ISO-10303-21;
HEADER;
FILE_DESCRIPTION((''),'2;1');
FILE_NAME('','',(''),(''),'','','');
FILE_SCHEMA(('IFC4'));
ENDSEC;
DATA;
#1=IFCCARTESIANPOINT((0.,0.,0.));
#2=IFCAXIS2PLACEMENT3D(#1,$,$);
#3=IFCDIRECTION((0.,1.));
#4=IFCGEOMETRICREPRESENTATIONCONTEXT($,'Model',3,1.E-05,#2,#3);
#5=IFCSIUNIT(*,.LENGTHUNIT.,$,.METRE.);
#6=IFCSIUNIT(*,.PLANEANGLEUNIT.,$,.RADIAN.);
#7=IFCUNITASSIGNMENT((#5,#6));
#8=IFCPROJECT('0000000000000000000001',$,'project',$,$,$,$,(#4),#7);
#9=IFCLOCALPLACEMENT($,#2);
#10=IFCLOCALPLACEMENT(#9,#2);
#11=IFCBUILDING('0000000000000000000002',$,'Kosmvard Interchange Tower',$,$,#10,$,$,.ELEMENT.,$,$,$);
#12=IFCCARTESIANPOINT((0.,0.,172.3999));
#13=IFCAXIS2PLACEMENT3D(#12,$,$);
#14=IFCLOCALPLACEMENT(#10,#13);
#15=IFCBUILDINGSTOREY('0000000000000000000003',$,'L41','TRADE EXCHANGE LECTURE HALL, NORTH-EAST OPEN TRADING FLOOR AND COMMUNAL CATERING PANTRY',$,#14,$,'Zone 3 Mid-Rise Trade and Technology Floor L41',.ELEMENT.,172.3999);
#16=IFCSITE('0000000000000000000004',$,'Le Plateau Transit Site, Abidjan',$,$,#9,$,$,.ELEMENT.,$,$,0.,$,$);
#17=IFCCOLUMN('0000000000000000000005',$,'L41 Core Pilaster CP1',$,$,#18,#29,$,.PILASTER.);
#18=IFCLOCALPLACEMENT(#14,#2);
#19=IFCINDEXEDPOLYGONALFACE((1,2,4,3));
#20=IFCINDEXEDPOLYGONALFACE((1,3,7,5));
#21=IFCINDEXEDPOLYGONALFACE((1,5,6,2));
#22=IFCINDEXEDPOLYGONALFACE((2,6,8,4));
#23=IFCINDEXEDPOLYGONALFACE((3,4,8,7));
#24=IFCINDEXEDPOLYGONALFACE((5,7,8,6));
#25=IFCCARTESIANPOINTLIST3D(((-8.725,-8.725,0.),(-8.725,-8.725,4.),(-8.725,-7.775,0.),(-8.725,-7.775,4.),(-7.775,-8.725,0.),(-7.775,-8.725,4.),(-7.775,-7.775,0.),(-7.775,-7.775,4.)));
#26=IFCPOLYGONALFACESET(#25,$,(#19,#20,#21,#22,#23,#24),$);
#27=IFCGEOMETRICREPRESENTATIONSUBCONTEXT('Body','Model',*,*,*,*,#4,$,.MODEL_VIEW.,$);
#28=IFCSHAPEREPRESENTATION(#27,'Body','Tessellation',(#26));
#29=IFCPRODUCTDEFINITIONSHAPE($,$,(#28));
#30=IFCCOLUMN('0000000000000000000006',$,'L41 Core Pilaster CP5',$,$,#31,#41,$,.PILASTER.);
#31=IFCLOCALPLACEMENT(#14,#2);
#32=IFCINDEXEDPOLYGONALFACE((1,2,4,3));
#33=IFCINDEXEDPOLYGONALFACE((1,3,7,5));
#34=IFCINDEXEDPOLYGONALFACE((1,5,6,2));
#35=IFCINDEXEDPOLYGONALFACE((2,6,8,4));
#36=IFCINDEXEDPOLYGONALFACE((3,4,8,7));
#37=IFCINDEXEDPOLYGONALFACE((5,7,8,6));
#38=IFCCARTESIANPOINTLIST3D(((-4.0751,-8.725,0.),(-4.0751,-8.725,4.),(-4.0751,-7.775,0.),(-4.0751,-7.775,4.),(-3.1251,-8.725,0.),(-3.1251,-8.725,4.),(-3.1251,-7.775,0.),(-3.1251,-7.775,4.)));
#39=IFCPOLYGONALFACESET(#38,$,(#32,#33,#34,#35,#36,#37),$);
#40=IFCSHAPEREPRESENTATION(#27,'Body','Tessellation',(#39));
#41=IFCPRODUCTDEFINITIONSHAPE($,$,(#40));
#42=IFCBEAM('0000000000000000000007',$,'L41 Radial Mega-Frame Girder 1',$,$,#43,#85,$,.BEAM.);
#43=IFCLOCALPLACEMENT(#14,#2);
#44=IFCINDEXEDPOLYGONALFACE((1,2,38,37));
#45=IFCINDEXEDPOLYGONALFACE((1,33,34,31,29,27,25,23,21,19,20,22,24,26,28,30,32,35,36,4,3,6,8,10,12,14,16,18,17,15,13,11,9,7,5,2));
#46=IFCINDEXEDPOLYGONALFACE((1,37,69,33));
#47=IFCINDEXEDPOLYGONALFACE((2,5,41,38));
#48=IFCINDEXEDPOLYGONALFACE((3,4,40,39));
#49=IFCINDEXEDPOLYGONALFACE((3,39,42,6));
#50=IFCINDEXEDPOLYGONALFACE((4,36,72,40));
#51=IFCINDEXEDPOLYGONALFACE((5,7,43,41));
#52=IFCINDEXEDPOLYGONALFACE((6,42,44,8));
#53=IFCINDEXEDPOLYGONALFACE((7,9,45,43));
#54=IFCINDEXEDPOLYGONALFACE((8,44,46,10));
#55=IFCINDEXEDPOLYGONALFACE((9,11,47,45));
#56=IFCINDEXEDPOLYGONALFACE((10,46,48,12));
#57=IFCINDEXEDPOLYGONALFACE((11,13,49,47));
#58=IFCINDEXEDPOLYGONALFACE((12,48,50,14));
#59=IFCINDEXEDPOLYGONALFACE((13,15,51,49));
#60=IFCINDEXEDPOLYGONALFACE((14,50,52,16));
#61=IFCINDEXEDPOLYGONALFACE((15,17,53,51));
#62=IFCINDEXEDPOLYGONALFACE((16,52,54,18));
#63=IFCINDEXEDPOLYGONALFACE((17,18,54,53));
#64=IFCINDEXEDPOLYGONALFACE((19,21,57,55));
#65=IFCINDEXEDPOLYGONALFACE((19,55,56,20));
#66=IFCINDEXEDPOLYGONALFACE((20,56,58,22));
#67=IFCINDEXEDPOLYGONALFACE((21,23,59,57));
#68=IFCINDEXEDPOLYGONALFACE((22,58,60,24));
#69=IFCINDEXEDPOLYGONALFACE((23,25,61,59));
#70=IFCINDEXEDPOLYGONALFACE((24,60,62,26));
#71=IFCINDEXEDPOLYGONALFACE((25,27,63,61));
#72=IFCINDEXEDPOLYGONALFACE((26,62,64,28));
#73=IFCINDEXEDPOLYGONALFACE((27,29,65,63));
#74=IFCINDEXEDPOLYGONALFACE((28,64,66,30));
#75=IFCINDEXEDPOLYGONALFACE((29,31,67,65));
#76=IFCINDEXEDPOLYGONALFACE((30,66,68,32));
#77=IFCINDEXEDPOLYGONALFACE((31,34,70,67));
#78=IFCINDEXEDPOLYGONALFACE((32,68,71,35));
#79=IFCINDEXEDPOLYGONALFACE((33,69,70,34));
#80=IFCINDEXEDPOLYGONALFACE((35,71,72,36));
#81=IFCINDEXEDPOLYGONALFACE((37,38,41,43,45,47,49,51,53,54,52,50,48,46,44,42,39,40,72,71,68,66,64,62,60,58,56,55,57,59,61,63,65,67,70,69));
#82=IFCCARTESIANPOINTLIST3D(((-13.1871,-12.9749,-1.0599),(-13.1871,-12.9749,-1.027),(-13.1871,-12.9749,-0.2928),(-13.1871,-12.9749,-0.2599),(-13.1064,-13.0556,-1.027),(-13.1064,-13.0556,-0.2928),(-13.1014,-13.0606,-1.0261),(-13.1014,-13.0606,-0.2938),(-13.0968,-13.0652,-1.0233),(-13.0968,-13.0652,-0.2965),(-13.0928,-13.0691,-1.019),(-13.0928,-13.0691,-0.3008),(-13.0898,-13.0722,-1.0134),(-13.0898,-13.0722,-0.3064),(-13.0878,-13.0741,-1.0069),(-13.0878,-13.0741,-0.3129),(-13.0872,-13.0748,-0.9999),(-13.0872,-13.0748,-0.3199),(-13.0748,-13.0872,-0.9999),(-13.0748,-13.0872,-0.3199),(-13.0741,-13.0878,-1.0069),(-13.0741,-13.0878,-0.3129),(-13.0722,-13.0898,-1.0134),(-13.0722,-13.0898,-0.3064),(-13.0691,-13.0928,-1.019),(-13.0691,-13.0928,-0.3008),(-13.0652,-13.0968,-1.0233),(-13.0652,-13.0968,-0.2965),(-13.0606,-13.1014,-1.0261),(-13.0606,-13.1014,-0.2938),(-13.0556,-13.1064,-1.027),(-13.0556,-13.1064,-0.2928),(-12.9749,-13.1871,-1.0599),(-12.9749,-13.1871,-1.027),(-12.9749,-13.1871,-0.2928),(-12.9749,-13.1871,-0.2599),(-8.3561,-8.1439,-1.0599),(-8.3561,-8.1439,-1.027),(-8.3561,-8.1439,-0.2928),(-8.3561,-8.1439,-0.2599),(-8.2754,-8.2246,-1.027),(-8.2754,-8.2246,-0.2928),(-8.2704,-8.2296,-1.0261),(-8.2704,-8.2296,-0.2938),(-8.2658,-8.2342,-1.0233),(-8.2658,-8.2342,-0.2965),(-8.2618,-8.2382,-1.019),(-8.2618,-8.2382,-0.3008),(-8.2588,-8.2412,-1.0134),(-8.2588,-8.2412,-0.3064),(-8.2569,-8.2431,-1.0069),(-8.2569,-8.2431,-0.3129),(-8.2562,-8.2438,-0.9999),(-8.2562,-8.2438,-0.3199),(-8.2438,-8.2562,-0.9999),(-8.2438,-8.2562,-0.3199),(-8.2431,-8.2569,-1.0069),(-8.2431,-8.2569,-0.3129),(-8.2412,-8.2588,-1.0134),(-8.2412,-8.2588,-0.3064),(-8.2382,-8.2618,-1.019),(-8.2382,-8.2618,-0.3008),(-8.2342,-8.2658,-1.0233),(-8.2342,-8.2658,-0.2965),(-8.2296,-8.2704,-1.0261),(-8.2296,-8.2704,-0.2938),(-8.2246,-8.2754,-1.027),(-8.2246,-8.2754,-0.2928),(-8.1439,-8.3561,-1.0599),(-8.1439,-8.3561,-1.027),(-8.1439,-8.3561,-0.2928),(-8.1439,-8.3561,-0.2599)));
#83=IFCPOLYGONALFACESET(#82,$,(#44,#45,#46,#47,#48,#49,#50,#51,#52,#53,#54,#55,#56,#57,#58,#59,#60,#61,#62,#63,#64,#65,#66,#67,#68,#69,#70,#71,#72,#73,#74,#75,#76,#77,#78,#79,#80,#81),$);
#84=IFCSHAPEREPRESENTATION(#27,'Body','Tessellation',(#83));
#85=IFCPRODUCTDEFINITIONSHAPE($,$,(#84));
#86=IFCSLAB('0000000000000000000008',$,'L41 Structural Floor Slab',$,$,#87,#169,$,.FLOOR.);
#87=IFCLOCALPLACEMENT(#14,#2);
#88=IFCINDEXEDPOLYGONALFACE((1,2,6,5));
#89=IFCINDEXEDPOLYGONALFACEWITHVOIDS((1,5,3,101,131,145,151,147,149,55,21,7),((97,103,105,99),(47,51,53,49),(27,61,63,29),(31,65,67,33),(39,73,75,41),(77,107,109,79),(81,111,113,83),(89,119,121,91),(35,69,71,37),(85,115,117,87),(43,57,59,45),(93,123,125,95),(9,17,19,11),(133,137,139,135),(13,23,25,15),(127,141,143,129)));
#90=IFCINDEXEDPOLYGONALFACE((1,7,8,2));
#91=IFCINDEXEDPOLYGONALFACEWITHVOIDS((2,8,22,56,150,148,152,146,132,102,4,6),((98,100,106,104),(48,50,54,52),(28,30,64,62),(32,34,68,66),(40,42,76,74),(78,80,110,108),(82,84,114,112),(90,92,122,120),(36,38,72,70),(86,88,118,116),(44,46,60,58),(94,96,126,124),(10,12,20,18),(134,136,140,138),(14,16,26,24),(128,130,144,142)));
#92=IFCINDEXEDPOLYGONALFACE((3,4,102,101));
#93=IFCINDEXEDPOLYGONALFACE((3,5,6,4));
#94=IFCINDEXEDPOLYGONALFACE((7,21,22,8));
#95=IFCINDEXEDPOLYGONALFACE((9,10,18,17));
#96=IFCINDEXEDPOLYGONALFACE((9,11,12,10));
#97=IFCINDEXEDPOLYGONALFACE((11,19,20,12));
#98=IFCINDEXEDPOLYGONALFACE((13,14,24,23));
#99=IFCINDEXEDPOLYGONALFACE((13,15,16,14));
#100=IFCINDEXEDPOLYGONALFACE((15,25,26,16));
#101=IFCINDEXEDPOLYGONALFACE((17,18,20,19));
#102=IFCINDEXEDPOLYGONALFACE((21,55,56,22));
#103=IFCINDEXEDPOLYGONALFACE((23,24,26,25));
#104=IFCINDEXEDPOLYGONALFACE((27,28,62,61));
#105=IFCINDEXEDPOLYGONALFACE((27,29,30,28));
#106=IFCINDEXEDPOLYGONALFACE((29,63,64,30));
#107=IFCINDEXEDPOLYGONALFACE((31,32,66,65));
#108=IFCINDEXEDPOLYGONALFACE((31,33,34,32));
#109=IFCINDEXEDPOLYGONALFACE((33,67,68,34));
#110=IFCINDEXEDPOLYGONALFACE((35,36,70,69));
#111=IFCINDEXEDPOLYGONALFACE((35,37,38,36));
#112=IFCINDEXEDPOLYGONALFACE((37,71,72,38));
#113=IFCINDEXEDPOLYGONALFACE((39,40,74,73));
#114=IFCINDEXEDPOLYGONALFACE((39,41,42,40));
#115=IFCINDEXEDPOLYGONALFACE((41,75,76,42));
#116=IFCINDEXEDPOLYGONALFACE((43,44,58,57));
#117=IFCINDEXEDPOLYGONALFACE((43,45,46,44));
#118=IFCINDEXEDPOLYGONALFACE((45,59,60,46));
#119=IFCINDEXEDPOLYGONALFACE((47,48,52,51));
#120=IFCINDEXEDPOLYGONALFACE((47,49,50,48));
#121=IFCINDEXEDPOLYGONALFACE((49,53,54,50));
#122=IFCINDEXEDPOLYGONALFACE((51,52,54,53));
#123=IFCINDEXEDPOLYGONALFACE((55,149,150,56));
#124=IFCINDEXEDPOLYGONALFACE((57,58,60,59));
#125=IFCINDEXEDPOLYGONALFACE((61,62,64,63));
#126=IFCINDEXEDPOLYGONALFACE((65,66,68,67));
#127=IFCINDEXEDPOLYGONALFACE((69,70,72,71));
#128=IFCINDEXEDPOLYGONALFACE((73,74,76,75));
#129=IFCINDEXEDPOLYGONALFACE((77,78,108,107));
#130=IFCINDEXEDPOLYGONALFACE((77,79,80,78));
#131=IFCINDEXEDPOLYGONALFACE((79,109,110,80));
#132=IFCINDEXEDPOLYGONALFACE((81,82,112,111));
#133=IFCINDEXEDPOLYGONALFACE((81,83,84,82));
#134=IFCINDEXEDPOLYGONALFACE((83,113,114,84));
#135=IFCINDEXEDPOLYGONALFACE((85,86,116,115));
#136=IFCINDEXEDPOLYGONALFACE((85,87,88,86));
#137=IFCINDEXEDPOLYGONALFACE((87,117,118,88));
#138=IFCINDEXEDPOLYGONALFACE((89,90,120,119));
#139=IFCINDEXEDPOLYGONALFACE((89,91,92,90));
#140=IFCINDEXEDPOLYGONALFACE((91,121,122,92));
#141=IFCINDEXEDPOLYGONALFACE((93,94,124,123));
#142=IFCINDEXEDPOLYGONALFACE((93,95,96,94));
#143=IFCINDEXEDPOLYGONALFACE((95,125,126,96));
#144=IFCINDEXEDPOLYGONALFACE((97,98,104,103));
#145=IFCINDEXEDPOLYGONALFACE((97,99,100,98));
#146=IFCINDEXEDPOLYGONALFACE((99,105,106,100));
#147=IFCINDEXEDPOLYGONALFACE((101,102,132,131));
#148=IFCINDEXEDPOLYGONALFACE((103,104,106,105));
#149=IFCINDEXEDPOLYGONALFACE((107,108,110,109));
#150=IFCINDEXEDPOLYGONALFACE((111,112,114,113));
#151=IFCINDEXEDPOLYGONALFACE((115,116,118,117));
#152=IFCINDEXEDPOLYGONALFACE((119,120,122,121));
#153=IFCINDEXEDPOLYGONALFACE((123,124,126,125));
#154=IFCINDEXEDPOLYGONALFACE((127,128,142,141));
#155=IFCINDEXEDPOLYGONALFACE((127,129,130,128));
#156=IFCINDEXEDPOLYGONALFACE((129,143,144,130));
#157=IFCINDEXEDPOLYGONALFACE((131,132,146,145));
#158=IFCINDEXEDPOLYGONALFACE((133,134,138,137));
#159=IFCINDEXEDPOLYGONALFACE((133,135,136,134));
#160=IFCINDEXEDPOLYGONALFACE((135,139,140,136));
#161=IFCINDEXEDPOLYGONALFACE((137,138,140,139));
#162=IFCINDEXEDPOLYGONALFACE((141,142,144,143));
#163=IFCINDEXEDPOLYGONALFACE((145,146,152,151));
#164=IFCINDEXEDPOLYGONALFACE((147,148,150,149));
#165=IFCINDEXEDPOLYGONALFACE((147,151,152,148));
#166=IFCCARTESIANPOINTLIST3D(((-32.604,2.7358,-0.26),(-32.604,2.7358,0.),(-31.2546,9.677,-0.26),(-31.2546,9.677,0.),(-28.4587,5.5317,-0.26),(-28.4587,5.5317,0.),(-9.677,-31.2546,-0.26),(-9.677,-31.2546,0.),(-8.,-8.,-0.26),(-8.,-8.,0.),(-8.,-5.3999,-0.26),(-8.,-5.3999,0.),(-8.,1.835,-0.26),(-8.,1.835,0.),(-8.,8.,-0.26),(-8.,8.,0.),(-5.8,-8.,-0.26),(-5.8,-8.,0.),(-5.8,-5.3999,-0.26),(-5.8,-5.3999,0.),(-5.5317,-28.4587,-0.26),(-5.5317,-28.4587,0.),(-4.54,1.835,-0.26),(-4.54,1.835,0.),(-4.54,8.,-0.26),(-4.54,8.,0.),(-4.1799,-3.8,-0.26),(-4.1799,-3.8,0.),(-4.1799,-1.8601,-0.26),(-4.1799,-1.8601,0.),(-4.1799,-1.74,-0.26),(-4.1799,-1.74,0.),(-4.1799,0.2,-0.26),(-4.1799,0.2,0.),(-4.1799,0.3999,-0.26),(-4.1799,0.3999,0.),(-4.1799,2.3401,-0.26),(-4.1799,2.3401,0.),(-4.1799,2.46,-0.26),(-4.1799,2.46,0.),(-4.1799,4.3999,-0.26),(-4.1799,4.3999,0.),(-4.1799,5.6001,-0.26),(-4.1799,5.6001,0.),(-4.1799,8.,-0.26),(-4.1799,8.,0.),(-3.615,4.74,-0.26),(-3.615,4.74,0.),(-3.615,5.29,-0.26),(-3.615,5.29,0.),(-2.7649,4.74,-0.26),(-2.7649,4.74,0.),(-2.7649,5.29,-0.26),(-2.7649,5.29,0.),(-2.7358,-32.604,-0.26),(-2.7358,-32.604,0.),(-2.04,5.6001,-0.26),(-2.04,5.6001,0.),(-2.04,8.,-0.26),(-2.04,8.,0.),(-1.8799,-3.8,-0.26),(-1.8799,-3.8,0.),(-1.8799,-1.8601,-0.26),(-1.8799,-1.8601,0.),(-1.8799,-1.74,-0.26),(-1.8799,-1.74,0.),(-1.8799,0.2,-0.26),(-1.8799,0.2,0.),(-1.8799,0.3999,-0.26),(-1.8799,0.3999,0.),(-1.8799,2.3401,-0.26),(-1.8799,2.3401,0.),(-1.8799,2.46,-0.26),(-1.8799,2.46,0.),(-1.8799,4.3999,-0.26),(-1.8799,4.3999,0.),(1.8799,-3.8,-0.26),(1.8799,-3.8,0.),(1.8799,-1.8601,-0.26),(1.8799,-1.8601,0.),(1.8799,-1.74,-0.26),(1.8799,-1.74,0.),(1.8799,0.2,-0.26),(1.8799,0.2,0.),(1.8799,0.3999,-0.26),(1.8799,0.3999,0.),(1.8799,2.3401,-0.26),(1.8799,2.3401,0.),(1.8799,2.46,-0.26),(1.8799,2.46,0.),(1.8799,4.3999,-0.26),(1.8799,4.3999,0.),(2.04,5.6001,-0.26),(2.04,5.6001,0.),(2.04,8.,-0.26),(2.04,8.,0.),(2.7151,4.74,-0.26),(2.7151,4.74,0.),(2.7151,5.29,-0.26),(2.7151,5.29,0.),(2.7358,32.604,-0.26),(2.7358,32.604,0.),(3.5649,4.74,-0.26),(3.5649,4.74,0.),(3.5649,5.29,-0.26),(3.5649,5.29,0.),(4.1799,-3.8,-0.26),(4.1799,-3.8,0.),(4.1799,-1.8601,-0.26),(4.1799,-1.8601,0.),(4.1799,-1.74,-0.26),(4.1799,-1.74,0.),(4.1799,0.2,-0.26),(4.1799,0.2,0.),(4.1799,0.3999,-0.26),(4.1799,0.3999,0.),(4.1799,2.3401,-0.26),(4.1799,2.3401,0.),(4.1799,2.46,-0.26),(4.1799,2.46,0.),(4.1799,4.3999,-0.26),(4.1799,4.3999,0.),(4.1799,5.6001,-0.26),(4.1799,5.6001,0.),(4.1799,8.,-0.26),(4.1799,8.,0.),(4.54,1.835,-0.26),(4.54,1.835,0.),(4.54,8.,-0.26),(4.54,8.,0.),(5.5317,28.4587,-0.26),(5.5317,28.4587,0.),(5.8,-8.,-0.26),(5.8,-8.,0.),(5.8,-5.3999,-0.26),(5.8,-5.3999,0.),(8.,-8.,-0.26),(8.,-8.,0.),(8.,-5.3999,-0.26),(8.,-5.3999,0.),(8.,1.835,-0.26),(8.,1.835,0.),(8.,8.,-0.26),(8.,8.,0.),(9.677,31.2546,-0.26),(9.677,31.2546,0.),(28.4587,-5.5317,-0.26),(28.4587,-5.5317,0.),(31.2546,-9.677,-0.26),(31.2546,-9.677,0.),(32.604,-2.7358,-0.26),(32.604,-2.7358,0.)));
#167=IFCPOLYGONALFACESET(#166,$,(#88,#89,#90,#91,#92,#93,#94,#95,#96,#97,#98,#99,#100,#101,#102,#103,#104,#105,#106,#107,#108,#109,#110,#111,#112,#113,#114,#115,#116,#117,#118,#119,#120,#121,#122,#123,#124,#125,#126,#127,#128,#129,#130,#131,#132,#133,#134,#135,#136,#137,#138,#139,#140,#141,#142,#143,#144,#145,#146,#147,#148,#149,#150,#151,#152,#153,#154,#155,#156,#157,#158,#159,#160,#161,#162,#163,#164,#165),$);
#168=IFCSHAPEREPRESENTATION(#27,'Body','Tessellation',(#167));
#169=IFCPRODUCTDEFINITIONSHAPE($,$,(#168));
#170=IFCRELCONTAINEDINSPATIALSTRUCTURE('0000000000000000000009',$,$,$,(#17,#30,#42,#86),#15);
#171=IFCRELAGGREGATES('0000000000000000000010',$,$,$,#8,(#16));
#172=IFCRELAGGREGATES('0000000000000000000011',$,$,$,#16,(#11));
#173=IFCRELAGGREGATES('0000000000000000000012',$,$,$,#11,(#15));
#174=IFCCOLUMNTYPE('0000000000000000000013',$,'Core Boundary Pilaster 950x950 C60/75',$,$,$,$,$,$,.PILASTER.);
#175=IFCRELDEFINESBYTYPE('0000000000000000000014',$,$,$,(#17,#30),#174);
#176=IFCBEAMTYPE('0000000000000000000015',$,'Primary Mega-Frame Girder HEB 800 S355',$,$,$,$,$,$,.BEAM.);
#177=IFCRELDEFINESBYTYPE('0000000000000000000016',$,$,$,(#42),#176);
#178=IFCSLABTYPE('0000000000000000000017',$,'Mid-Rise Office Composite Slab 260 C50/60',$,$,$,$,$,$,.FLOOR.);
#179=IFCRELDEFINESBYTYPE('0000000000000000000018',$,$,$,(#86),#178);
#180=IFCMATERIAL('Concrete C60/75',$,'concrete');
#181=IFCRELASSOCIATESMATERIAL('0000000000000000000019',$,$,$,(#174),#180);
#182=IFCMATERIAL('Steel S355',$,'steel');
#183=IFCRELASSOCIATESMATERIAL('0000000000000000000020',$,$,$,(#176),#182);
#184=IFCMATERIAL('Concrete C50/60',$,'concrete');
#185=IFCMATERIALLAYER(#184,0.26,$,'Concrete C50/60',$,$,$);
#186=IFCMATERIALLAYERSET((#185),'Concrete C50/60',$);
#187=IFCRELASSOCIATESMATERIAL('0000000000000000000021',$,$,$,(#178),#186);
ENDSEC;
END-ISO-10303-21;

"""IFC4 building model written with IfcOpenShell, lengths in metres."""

from ifc_helpers import new_model, si_unit, direction, frame, origin, origin_2d, place, context, subcontext, project, spatial, polyline, rectangle, i_section, outline, extrude, source, transform, mapped, material, layer, layer_set, material_profile, profile_set, type_object, element, save


model = new_model("IFC4")

# Units and contexts
model_context = context("Model", 3, precision=1e-05, world=origin(), true_north=direction((0.0, 1.0)))
body_context = subcontext(model_context, "Body", "Model", "MODEL_VIEW")
ifc_project = project(units=[si_unit("LENGTHUNIT", "METRE"), si_unit("PLANEANGLEUNIT", "RADIAN")], contexts=[model_context])

# Site, building, storey
site_placement = place(None, origin())
site = spatial("IfcSite", under=ifc_project, at=site_placement, Name="Le Plateau Transit Site, Abidjan", CompositionType="ELEMENT", RefElevation=0.0)
building_placement = place(site_placement, origin())
building = spatial("IfcBuilding", under=site, at=building_placement, Name="Kosmvard Interchange Tower", CompositionType="ELEMENT")
storey_placement = place(building_placement, frame((0.0, 0.0, 172.3999)))
storey = spatial("IfcBuildingStorey", under=building, at=storey_placement, Name="L41", Description="TRADE EXCHANGE LECTURE HALL, NORTH-EAST OPEN TRADING FLOOR AND COMMUNAL CATERING PANTRY", LongName="Zone 3 Mid-Rise Trade and Technology Floor L41", CompositionType="ELEMENT", Elevation=172.3999)

# Columns
ifc_material_1 = material(Name="Concrete C60/75", Category="concrete")
ifc_material_profile_1 = material_profile(ifc_material_1, rectangle(XDim=0.95, YDim=0.95, at=origin_2d()), Name="CP 950x950")
ifc_profile_set_1 = profile_set([ifc_material_profile_1], Name="Concrete C60/75")
column_type = type_object("IfcColumnType", Name="Core Boundary Pilaster 950x950 C60/75", PredefinedType="PILASTER", material=ifc_profile_set_1)
shared_shape_1 = source(origin(), body_context, "Body", "SweptSolid", [
    extrude(rectangle(XDim=0.95, YDim=0.95, at=origin_2d()), origin(), (0.0, 0.0, 1.0), 4.0),
])
for number, where, z_axis, x_axis, name in (
    (1, (-8.25, -8.25, 0.0), (0.0, 0.0, 1.0), (1.0, 0.0, 0.0), "L41 Core Pilaster CP1"),
    (2, (-3.6001, -8.25, 0.0), (0.0, 0.0, 1.0), (1.0, 0.0, 0.0), "L41 Core Pilaster CP5"),
):
    element("IfcColumn", number, at=place(storey_placement, frame(where, z_axis=z_axis, x_axis=x_axis)), inside=storey, type_object=column_type, Name=name, PredefinedType="PILASTER", context=body_context, shape_type="MappedRepresentation", body=[
        mapped(shared_shape_1, transform((0.0, 0.0, 0.0), scale=1.0)),
    ])

# Beam
ifc_material_2 = material(Name="Steel S355", Category="steel")
ifc_material_profile_2 = material_profile(ifc_material_2, i_section(OverallWidth=0.3, OverallDepth=0.8, WebThickness=0.0176, FlangeThickness=0.033, FilletRadius=0.0271, at=origin_2d()), Name="HEB 800")
ifc_profile_set_2 = profile_set([ifc_material_profile_2], Name="Steel S355")
beam_type = type_object("IfcBeamType", Name="Primary Mega-Frame Girder HEB 800 S355", PredefinedType="BEAM", material=ifc_profile_set_2)
shared_shape_2 = source(origin(), body_context, "Body", "SweptSolid", [
    extrude(i_section(OverallWidth=0.3, OverallDepth=0.8, WebThickness=0.0176, FlangeThickness=0.033, FilletRadius=0.0271, at=origin_2d()), origin(), (0.0, 0.0, 1.0), 6.832),
])
beam_placement = place(storey_placement, frame((-8.25, -8.25, -0.6599), z_axis=(-0.707107, -0.707107, 0.0), x_axis=(0.707107, -0.707107, 0.0)))
element("IfcBeam", 3, at=beam_placement, inside=storey, type_object=beam_type, Name="L41 Radial Mega-Frame Girder 1", PredefinedType="BEAM", context=body_context, shape_type="MappedRepresentation", body=[
    mapped(shared_shape_2, transform((0.0, 0.0, 0.0), scale=1.0)),
])

# Slab
ifc_material_3 = material(Name="Concrete C50/60", Category="concrete")
ifc_layer_1 = layer(ifc_material_3, 0.26, Name="Concrete C50/60")
ifc_layer_set_1 = layer_set([ifc_layer_1], Name="Concrete C50/60")
slab_type_1 = type_object("IfcSlabType", Name="Mid-Rise Office Composite Slab 260 C50/60", PredefinedType="FLOOR", material=ifc_layer_set_1)
slab_1_placement = place(storey_placement, frame((0.0, 0.0, -0.26)))
element("IfcSlab", 4, at=slab_1_placement, inside=storey, type_object=slab_type_1, Name="L41 Structural Floor Slab", PredefinedType="FLOOR", context=body_context, shape_type="SweptSolid", body=[
    extrude(outline(polyline([(-2.7358, -32.604), (31.2546, -9.677), (28.4587, -5.5317), (32.604, -2.7358), (9.677, 31.2546), (5.5317, 28.4587), (2.7358, 32.604), (-31.2546, 9.677), (-28.4587, 5.5317), (-32.604, 2.7358), (-9.677, -31.2546), (-5.5317, -28.4587), (-2.7358, -32.604)]), holes=[polyline([(-8.0, 1.835), (-4.54, 1.835), (-4.54, 8.0), (-8.0, 8.0), (-8.0, 1.835)]), polyline([(4.54, 1.835), (8.0, 1.835), (8.0, 8.0), (4.54, 8.0), (4.54, 1.835)]), polyline([(-8.0, -8.0), (-5.8, -8.0), (-5.8, -5.3999), (-8.0, -5.3999), (-8.0, -8.0)]), polyline([(5.8, -8.0), (8.0, -8.0), (8.0, -5.3999), (5.8, -5.3999), (5.8, -8.0)]), polyline([(-4.1799, -3.8), (-1.8799, -3.8), (-1.8799, -1.8601), (-4.1799, -1.8601), (-4.1799, -3.8)]), polyline([(-4.1799, -1.74), (-1.8799, -1.74), (-1.8799, 0.2), (-4.1799, 0.2), (-4.1799, -1.74)]), polyline([(1.8799, -3.8), (4.1799, -3.8), (4.1799, -1.8601), (1.8799, -1.8601), (1.8799, -3.8)]), polyline([(1.8799, -1.74), (4.1799, -1.74), (4.1799, 0.2), (1.8799, 0.2), (1.8799, -1.74)]), polyline([(-4.1799, 0.3999), (-1.8799, 0.3999), (-1.8799, 2.3401), (-4.1799, 2.3401), (-4.1799, 0.3999)]), polyline([(-4.1799, 2.46), (-1.8799, 2.46), (-1.8799, 4.3999), (-4.1799, 4.3999), (-4.1799, 2.46)]), polyline([(1.8799, 0.3999), (4.1799, 0.3999), (4.1799, 2.3401), (1.8799, 2.3401), (1.8799, 0.3999)]), polyline([(1.8799, 2.46), (4.1799, 2.46), (4.1799, 4.3999), (1.8799, 4.3999), (1.8799, 2.46)]), polyline([(-4.1799, 5.6001), (-2.04, 5.6001), (-2.04, 8.0), (-4.1799, 8.0), (-4.1799, 5.6001)]), polyline([(2.04, 5.6001), (4.1799, 5.6001), (4.1799, 8.0), (2.04, 8.0), (2.04, 5.6001)]), polyline([(-3.615, 4.74), (-2.7649, 4.74), (-2.7649, 5.29), (-3.615, 5.29), (-3.615, 4.74)]), polyline([(2.7151, 4.74), (3.5649, 4.74), (3.5649, 5.29), (2.7151, 5.29), (2.7151, 4.74)])]), origin(), (0.0, 0.0, 1.0), 0.26),
])

save(model, "model.ifc")
